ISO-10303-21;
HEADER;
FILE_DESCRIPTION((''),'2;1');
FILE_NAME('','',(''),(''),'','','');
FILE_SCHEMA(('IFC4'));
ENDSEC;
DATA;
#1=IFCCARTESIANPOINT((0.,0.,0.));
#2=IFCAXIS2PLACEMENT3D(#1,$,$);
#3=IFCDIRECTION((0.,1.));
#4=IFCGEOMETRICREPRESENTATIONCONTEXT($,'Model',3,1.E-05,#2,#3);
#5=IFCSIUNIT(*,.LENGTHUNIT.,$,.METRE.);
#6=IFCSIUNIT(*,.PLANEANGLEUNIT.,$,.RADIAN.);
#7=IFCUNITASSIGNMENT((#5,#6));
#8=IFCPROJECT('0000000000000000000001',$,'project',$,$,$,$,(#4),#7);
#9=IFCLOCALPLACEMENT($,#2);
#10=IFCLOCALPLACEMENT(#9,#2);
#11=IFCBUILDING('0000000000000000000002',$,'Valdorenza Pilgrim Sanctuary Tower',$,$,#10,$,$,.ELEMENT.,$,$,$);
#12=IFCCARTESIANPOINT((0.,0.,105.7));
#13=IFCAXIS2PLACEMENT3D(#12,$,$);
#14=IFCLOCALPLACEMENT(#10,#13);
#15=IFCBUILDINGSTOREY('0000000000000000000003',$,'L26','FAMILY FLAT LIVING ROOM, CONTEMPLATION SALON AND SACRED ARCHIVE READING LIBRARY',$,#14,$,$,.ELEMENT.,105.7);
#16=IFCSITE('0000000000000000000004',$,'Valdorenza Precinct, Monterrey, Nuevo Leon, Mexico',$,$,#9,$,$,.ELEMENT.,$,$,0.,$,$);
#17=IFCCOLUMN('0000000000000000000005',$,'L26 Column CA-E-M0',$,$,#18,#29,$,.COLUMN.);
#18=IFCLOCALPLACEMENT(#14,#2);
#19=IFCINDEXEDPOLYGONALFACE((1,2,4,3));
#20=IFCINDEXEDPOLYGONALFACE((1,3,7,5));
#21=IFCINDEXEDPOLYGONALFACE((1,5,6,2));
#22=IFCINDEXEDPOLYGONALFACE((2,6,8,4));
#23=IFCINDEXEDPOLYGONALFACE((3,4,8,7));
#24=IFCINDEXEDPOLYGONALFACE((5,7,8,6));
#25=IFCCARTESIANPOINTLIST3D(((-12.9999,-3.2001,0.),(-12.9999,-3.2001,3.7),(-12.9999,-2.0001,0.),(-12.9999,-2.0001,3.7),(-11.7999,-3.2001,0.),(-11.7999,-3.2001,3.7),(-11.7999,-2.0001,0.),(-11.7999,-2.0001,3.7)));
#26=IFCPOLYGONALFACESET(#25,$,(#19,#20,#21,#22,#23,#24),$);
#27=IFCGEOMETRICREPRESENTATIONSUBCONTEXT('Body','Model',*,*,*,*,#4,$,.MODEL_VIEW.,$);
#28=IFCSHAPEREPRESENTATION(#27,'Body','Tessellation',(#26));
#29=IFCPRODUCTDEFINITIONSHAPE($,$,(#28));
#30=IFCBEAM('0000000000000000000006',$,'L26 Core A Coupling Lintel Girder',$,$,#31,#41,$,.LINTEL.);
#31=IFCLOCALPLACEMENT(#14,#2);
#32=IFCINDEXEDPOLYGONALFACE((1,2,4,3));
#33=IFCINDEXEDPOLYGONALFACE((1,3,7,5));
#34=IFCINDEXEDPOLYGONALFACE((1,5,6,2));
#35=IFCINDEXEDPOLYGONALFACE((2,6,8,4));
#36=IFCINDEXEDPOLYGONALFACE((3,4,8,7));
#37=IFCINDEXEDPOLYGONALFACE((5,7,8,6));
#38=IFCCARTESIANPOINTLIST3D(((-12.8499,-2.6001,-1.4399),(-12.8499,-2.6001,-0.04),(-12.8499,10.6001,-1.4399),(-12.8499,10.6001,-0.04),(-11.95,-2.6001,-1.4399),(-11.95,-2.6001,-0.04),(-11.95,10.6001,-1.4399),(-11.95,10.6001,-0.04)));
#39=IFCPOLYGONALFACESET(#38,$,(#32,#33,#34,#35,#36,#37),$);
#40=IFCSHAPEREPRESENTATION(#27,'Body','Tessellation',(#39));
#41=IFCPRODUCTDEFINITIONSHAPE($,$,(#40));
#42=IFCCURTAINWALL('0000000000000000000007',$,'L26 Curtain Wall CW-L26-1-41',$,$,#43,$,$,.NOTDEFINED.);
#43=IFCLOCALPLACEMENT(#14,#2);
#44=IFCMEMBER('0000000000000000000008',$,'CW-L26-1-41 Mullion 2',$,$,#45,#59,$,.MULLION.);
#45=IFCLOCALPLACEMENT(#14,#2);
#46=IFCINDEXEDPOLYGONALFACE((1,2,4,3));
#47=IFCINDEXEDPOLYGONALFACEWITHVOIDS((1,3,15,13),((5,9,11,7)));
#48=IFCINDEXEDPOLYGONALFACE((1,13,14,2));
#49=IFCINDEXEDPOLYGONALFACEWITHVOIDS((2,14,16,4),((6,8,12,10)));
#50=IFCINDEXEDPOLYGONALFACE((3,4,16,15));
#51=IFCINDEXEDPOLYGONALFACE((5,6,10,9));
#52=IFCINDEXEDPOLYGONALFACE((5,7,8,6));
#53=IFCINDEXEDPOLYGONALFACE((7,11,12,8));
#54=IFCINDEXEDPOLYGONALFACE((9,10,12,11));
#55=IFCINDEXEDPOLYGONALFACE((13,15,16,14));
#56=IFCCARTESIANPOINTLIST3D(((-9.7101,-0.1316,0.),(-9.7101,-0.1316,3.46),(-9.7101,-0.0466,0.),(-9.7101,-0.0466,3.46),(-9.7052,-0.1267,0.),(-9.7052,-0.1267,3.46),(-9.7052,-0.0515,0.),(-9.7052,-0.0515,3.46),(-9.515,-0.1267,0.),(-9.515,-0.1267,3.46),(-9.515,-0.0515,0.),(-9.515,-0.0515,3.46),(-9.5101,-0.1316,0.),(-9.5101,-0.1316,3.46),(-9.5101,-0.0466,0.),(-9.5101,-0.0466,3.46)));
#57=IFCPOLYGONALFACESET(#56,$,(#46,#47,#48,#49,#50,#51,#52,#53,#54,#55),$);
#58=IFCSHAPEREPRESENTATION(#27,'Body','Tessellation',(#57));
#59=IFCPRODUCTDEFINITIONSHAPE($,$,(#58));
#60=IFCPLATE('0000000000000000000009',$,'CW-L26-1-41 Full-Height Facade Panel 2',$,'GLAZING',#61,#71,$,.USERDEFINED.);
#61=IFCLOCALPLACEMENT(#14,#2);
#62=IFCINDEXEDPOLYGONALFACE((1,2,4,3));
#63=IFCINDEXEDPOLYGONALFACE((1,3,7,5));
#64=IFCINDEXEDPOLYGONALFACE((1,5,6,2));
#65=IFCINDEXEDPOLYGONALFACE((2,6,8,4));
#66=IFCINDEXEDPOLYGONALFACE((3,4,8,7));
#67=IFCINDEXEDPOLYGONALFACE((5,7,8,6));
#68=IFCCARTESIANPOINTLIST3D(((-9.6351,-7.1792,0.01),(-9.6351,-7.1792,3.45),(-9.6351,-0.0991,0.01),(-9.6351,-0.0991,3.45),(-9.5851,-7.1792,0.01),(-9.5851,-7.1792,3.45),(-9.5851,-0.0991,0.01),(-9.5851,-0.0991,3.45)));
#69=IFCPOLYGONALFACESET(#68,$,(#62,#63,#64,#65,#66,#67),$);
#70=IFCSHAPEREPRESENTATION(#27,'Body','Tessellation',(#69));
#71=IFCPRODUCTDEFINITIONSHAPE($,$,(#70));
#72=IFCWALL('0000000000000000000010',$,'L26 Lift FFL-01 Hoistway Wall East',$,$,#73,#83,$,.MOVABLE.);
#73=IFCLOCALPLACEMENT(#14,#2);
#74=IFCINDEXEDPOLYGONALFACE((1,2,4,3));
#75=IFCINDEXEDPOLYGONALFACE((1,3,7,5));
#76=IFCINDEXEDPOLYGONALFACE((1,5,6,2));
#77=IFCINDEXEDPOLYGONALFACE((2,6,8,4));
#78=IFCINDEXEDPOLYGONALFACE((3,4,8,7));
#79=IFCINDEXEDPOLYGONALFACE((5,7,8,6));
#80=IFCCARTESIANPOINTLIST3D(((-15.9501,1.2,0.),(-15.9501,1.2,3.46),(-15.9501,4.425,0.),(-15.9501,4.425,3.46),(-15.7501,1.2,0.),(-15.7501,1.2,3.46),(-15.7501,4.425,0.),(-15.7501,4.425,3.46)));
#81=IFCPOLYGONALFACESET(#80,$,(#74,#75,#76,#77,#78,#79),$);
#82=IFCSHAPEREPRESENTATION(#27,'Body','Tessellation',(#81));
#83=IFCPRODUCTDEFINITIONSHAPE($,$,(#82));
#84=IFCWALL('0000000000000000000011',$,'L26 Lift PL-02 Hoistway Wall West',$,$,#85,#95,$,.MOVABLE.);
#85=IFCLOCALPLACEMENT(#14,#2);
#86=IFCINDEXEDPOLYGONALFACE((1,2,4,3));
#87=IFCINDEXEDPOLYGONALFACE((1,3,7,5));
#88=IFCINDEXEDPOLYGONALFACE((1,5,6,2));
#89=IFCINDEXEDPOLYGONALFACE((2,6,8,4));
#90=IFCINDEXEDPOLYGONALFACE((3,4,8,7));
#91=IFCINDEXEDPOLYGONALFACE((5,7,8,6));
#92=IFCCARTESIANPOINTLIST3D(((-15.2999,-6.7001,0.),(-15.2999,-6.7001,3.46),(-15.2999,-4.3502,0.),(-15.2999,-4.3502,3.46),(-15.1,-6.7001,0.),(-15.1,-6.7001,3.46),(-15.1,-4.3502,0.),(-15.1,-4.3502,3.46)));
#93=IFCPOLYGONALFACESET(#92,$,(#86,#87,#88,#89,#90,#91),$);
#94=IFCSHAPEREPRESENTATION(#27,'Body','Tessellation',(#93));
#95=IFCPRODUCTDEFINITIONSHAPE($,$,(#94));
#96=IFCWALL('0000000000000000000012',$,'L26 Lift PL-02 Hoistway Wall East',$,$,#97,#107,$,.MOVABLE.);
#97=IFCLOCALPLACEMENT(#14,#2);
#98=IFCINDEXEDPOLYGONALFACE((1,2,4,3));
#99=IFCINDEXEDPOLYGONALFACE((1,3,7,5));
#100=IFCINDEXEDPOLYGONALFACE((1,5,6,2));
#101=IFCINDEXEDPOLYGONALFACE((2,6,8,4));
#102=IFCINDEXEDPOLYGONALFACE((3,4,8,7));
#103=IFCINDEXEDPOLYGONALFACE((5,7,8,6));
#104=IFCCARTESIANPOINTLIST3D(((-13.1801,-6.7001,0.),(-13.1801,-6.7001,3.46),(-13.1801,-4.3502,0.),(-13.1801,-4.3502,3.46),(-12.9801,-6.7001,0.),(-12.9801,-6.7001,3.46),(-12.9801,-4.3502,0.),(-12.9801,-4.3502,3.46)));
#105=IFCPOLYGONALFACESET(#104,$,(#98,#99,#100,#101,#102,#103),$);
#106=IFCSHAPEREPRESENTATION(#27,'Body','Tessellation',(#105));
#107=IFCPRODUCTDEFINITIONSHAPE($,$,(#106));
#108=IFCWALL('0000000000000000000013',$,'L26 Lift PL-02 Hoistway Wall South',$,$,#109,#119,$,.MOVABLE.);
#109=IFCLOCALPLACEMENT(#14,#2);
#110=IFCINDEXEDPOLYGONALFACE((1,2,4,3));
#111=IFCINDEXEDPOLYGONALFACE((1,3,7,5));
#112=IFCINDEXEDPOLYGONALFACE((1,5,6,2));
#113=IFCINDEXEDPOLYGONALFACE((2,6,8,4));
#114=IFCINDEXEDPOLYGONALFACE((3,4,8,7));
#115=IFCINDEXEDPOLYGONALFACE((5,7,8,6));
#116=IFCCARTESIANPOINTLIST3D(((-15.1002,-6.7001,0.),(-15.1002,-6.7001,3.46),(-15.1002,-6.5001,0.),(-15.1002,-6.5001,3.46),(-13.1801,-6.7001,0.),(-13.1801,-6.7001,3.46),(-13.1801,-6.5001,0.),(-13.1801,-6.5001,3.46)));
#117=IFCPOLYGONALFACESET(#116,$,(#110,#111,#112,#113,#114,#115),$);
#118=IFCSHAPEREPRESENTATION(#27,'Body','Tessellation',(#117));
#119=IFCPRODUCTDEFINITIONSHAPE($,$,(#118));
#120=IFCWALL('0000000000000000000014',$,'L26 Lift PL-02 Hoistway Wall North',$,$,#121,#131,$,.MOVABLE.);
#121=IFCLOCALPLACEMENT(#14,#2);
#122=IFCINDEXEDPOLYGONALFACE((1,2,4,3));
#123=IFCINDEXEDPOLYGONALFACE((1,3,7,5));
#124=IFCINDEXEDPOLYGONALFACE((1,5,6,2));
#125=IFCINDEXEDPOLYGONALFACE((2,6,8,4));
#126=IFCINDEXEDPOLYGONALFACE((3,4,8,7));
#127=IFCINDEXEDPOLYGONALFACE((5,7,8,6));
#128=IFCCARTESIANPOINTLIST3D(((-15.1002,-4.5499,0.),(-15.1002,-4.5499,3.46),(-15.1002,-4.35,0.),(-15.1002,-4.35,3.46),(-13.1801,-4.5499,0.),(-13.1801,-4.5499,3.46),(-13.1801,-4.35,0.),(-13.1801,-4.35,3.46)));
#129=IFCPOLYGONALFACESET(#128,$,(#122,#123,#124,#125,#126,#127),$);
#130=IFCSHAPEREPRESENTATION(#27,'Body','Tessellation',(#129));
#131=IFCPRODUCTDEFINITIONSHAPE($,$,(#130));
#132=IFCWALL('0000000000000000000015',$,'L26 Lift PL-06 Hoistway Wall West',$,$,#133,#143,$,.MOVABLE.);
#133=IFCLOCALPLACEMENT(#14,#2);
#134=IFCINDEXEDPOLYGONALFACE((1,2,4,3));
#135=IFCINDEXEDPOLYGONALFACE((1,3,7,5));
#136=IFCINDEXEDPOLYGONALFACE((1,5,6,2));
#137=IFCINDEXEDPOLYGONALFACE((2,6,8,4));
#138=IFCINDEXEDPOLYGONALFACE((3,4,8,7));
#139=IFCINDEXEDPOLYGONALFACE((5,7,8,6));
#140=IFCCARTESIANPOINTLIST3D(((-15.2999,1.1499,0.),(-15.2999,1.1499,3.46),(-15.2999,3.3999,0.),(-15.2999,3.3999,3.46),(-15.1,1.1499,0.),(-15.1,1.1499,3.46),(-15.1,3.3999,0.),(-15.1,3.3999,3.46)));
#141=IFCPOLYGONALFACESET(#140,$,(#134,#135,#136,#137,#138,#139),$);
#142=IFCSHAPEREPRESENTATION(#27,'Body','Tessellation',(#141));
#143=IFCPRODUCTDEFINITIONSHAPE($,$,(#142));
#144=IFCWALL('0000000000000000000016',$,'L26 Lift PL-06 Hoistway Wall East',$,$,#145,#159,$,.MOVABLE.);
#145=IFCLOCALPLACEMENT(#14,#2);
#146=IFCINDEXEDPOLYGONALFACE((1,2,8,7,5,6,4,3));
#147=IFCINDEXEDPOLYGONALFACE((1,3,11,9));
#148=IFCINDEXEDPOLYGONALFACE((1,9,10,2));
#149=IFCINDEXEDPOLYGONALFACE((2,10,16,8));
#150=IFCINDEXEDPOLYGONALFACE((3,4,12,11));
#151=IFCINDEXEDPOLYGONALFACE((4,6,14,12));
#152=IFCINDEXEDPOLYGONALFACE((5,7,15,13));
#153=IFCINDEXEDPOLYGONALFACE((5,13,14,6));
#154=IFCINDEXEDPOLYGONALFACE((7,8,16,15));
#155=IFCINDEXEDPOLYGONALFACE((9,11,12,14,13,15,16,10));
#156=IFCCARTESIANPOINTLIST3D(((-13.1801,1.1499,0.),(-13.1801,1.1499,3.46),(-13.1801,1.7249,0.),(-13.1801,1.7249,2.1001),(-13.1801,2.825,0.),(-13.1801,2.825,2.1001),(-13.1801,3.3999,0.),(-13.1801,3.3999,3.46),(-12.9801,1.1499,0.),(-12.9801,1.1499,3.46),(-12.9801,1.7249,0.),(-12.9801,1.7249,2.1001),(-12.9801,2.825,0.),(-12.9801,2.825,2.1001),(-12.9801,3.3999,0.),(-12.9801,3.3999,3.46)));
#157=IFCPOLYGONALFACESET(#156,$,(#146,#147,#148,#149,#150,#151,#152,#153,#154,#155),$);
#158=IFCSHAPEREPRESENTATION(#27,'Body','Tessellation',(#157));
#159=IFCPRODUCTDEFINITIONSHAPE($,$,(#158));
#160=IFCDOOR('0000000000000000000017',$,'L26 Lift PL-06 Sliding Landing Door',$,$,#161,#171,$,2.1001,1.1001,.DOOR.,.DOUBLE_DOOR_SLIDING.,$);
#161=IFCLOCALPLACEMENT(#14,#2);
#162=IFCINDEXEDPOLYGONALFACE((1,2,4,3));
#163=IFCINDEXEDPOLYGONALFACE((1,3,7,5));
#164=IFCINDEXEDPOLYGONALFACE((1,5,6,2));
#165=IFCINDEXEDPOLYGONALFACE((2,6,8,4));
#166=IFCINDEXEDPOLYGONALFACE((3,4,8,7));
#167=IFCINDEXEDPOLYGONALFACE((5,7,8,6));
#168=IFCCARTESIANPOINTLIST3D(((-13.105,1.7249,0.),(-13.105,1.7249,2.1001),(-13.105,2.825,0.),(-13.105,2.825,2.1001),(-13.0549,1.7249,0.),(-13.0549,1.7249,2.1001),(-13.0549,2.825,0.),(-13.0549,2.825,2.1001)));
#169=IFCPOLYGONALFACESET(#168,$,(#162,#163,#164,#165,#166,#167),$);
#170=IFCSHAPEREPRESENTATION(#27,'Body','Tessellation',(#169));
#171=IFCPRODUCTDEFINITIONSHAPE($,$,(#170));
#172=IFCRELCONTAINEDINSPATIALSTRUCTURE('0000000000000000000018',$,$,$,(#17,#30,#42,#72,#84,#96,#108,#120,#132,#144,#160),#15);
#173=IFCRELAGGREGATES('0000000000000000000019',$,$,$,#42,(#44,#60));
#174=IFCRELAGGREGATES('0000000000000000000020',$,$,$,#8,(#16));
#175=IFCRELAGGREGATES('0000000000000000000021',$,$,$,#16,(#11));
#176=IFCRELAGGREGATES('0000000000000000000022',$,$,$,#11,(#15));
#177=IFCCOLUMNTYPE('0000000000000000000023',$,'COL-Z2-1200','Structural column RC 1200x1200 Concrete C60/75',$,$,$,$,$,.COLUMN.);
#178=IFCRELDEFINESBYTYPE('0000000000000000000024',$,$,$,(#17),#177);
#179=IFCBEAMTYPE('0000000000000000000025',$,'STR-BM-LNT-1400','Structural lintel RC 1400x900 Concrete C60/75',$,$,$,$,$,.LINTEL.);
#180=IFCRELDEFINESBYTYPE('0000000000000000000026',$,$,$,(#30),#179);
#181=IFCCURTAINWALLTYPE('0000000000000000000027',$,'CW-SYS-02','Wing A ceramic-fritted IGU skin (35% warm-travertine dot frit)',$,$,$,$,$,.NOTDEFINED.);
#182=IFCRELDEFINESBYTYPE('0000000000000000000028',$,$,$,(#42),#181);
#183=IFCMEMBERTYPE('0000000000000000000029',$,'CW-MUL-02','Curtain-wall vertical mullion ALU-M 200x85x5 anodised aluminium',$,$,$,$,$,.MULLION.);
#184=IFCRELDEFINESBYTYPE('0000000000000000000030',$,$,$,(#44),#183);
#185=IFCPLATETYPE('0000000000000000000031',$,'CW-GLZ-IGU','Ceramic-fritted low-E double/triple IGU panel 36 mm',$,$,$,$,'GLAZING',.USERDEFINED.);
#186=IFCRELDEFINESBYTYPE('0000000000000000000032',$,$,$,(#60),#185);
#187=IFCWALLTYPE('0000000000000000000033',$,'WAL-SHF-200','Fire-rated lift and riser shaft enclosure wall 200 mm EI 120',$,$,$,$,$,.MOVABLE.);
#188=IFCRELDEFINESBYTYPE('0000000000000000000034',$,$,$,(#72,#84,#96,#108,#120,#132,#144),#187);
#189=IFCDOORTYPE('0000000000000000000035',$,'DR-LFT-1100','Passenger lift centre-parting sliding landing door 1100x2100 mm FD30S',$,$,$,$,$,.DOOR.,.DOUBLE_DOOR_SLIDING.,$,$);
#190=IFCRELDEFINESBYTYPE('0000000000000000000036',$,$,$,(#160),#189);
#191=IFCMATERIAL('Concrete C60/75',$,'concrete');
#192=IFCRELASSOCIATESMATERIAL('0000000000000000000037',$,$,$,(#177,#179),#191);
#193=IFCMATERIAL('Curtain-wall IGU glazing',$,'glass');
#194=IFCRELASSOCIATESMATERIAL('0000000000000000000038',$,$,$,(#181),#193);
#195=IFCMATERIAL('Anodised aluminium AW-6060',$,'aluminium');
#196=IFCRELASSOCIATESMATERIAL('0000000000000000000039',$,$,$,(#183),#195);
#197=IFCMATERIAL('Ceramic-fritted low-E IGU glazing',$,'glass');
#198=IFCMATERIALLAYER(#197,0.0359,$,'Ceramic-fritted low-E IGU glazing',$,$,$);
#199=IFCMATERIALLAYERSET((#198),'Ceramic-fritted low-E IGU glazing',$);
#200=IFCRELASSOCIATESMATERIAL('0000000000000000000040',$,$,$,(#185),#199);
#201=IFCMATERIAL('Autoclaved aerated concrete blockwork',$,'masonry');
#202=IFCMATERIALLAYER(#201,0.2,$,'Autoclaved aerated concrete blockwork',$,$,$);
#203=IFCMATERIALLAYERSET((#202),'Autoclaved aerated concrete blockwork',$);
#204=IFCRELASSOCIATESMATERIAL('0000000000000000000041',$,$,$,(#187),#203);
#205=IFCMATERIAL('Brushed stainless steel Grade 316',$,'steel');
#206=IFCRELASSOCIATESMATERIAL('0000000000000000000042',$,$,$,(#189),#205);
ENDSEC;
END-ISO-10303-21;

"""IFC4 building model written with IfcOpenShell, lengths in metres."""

from ifc_helpers import new_model, si_unit, direction, frame, frame_2d, origin, origin_2d, place, context, subcontext, project, spatial, rectangle, hollow_rectangle, extrude, source, transform, mapped, material, layer, layer_set, material_profile, profile_set, type_object, element, fill, aggregate, save


model = new_model("IFC4")

# Units and contexts
model_context = context("Model", 3, precision=1e-05, world=origin(), true_north=direction((0.0, 1.0)))
body_context = subcontext(model_context, "Body", "Model", "MODEL_VIEW")
ifc_project = project(units=[si_unit("LENGTHUNIT", "METRE"), si_unit("PLANEANGLEUNIT", "RADIAN")], contexts=[model_context])

# Site, building, storey
site_placement = place(None, origin())
site = spatial("IfcSite", under=ifc_project, at=site_placement, Name="Valdorenza Precinct, Monterrey, Nuevo Leon, Mexico", CompositionType="ELEMENT", RefElevation=0.0)
building_placement = place(site_placement, origin())
building = spatial("IfcBuilding", under=site, at=building_placement, Name="Valdorenza Pilgrim Sanctuary Tower", CompositionType="ELEMENT")
storey_placement = place(building_placement, frame((0.0, 0.0, 105.7)))
storey = spatial("IfcBuildingStorey", under=building, at=storey_placement, Name="L26", Description="FAMILY FLAT LIVING ROOM, CONTEMPLATION SALON AND SACRED ARCHIVE READING LIBRARY", CompositionType="ELEMENT", Elevation=105.7)

# Column
ifc_material_1 = material(Name="Concrete C60/75", Category="concrete")
ifc_material_profile_1 = material_profile(ifc_material_1, rectangle(XDim=1.2, YDim=1.2, at=origin_2d()), Name="RC 1200x1200")
ifc_profile_set_1 = profile_set([ifc_material_profile_1], Name="Concrete C60/75")
column_type = type_object("IfcColumnType", Name="COL-Z2-1200", Description="Structural column RC 1200x1200 Concrete C60/75", PredefinedType="COLUMN", material=ifc_profile_set_1)
shared_shape_1 = source(origin(), body_context, "Body", "SweptSolid", [
    extrude(rectangle(XDim=1.2, YDim=1.2, at=origin_2d()), origin(), (0.0, 0.0, 1.0), 3.7),
])
column_placement = place(storey_placement, frame((-12.3999, -2.6001, 0.0), z_axis=(0.0, 0.0, 1.0), x_axis=(1.0, 0.0, 0.0)))
element("IfcColumn", 1, at=column_placement, inside=storey, type_object=column_type, Name="L26 Column CA-E-M0", PredefinedType="COLUMN", context=body_context, shape_type="MappedRepresentation", body=[
    mapped(shared_shape_1, transform((0.0, 0.0, 0.0), x_axis=(1.0, 0.0, 0.0), y_axis=(0.0, 1.0, 0.0), z_axis=(0.0, 0.0, 1.0), scale=1.0)),
])

# Beam
ifc_material_profile_2 = material_profile(ifc_material_1, rectangle(XDim=0.8999, YDim=1.3999, at=origin_2d()), Name="RC 1400x900")
ifc_profile_set_2 = profile_set([ifc_material_profile_2], Name="Concrete C60/75")
beam_type = type_object("IfcBeamType", Name="STR-BM-LNT-1400", Description="Structural lintel RC 1400x900 Concrete C60/75", PredefinedType="LINTEL", material=ifc_profile_set_2)
shared_shape_2 = source(origin(), body_context, "Body", "SweptSolid", [
    extrude(rectangle(XDim=0.8999, YDim=1.3999, at=origin_2d()), origin(), (0.0, 0.0, 1.0), 13.2002),
])
beam_placement = place(storey_placement, frame((-12.3999, -2.6001, -0.74), z_axis=(0.0, 1.0, 0.0), x_axis=(-1.0, 0.0, 0.0)))
element("IfcBeam", 2, at=beam_placement, inside=storey, type_object=beam_type, Name="L26 Core A Coupling Lintel Girder", PredefinedType="LINTEL", context=body_context, shape_type="MappedRepresentation", body=[
    mapped(shared_shape_2, transform((0.0, 0.0, 0.0), x_axis=(1.0, 0.0, 0.0), y_axis=(0.0, 1.0, 0.0), z_axis=(0.0, 0.0, 1.0), scale=1.0)),
])

# Curtain wall, member, plate
ifc_material_2 = material(Name="Curtain-wall IGU glazing", Category="glass")
curtain_wall_type = type_object("IfcCurtainWallType", Name="CW-SYS-02", Description="Wing A ceramic-fritted IGU skin (35% warm-travertine dot frit)", PredefinedType="NOTDEFINED", material=ifc_material_2)
curtain_wall_placement = place(storey_placement, origin())
curtain_wall = element("IfcCurtainWall", 3, at=curtain_wall_placement, inside=storey, type_object=curtain_wall_type, Name="L26 Curtain Wall CW-L26-1-41", PredefinedType="NOTDEFINED")
ifc_material_3 = material(Name="Anodised aluminium AW-6060", Category="aluminium")
ifc_material_profile_3 = material_profile(ifc_material_3, hollow_rectangle(XDim=0.085, YDim=0.2, WallThickness=0.0049, at=origin_2d()), Name="ALU-M 200x85x5")
ifc_profile_set_3 = profile_set([ifc_material_profile_3], Name="Anodised aluminium AW-6060")
member_type = type_object("IfcMemberType", Name="CW-MUL-02", Description="Curtain-wall vertical mullion ALU-M 200x85x5 anodised aluminium", PredefinedType="MULLION", material=ifc_profile_set_3)
shared_shape_3 = source(origin(), body_context, "Body", "SweptSolid", [
    extrude(hollow_rectangle(XDim=0.085, YDim=0.2, WallThickness=0.0049, at=origin_2d()), origin(), (0.0, 0.0, 1.0), 3.46),
])
member_placement = place(storey_placement, frame((-9.6101, -0.0891, 0.0), z_axis=(0.0, 0.0, 1.0), x_axis=(0.0, -1.0, 0.0)))
member = element("IfcMember", 4, at=member_placement, type_object=member_type, Name="CW-L26-1-41 Mullion 2", PredefinedType="MULLION", context=body_context, shape_type="MappedRepresentation", body=[
    mapped(shared_shape_3, transform((0.0, 0.0, 0.0), x_axis=(1.0, 0.0, 0.0), y_axis=(0.0, 1.0, 0.0), z_axis=(0.0, 0.0, 1.0), scale=1.0)),
])
ifc_material_4 = material(Name="Ceramic-fritted low-E IGU glazing", Category="glass")
ifc_layer_1 = layer(ifc_material_4, 0.0359, Name="Ceramic-fritted low-E IGU glazing")
ifc_layer_set_1 = layer_set([ifc_layer_1], Name="Ceramic-fritted low-E IGU glazing")
plate_type = type_object("IfcPlateType", Name="CW-GLZ-IGU", Description="Ceramic-fritted low-E double/triple IGU panel 36 mm", ElementType="GLAZING", PredefinedType="USERDEFINED", material=ifc_layer_set_1)
shared_shape_4 = source(origin(), body_context, "Body", "SweptSolid", [
    extrude(rectangle(XDim=7.0801, YDim=0.05, at=origin_2d()), origin(), (0.0, 0.0, 1.0), 3.4399),
])
plate_placement = place(storey_placement, frame((-9.6101, -3.6392, 0.01), z_axis=(0.0, 0.0, 1.0), x_axis=(0.0, -1.0, 0.0)))
plate = element("IfcPlate", 5, at=plate_placement, type_object=plate_type, Name="CW-L26-1-41 Full-Height Facade Panel 2", ObjectType="GLAZING", PredefinedType="USERDEFINED", context=body_context, shape_type="MappedRepresentation", body=[
    mapped(shared_shape_4, transform((0.0, 0.0, 0.0), x_axis=(1.0, 0.0, 0.0), y_axis=(0.0, 1.0, 0.0), z_axis=(0.0, 0.0, 1.0), scale=1.0)),
])
aggregate(curtain_wall, [member, plate])

# Walls
ifc_material_5 = material(Name="Autoclaved aerated concrete blockwork", Category="masonry")
ifc_layer_2 = layer(ifc_material_5, 0.2, Name="Autoclaved aerated concrete blockwork")
ifc_layer_set_2 = layer_set([ifc_layer_2], Name="Autoclaved aerated concrete blockwork")
wall_type_1 = type_object("IfcWallType", Name="WAL-SHF-200", Description="Fire-rated lift and riser shaft enclosure wall 200 mm EI 120", PredefinedType="MOVABLE", material=ifc_layer_set_2)
wall_1_placement = place(storey_placement, frame((-15.8501, 1.2, 0.0), z_axis=(0.0, 0.0, 1.0), x_axis=(0.0, 1.0, 0.0)))
element("IfcWall", 6, at=wall_1_placement, inside=storey, type_object=wall_type_1, Name="L26 Lift FFL-01 Hoistway Wall East", PredefinedType="MOVABLE", context=body_context, shape_type="SweptSolid", body=[
    extrude(rectangle(XDim=3.2251, YDim=0.2, at=frame_2d((1.6125, 0.0))), origin(), (0.0, 0.0, 1.0), 3.46),
])
for number, where, z_axis, x_axis, name in (
    (7, (-15.2, -6.7, 0.0), (0.0, 0.0, 1.0), (0.0, 1.0, 0.0), "L26 Lift PL-02 Hoistway Wall West"),
    (8, (-13.0801, -6.7, 0.0), (0.0, 0.0, 1.0), (0.0, 1.0, 0.0), "L26 Lift PL-02 Hoistway Wall East"),
):
    element("IfcWall", number, at=place(storey_placement, frame(where, z_axis=z_axis, x_axis=x_axis)), inside=storey, type_object=wall_type_1, Name=name, PredefinedType="MOVABLE", context=body_context, shape_type="SweptSolid", body=[
        extrude(rectangle(XDim=2.3499, YDim=0.2, at=frame_2d((1.1748, 0.0))), origin(), (0.0, 0.0, 1.0), 3.46),
    ])
for number, where, z_axis, x_axis, name in (
    (9, (-15.1001, -6.6001, 0.0), (0.0, 0.0, 1.0), (1.0, 0.0, 0.0), "L26 Lift PL-02 Hoistway Wall South"),
    (10, (-15.1001, -4.45, 0.0), (0.0, 0.0, 1.0), (1.0, 0.0, 0.0), "L26 Lift PL-02 Hoistway Wall North"),
):
    element("IfcWall", number, at=place(storey_placement, frame(where, z_axis=z_axis, x_axis=x_axis)), inside=storey, type_object=wall_type_1, Name=name, PredefinedType="MOVABLE", context=body_context, shape_type="SweptSolid", body=[
        extrude(rectangle(XDim=1.9202, YDim=0.2, at=frame_2d((0.96, 0.0))), origin(), (0.0, 0.0, 1.0), 3.46),
    ])
wall_2_placement = place(storey_placement, frame((-15.2, 1.1499, 0.0), z_axis=(0.0, 0.0, 1.0), x_axis=(0.0, 1.0, 0.0)))
element("IfcWall", 11, at=wall_2_placement, inside=storey, type_object=wall_type_1, Name="L26 Lift PL-06 Hoistway Wall West", PredefinedType="MOVABLE", context=body_context, shape_type="SweptSolid", body=[
    extrude(rectangle(XDim=2.25, YDim=0.2, at=frame_2d((1.125, 0.0))), origin(), (0.0, 0.0, 1.0), 3.46),
])

# Wall, opening, door
wall_3_placement = place(storey_placement, frame((-13.0801, 1.1499, 0.0), z_axis=(0.0, 0.0, 1.0), x_axis=(0.0, 1.0, 0.0)))
wall_3 = element("IfcWall", 12, at=wall_3_placement, inside=storey, type_object=wall_type_1, Name="L26 Lift PL-06 Hoistway Wall East", PredefinedType="MOVABLE", context=body_context, shape_type="SweptSolid", body=[
    extrude(rectangle(XDim=2.25, YDim=0.2, at=frame_2d((1.125, 0.0))), origin(), (0.0, 0.0, 1.0), 3.46),
])
opening_1_placement = place(wall_3_placement, frame((0.575, 0.0, 0.0)))
opening_1 = element("IfcOpeningElement", 13, at=opening_1_placement, cuts=wall_3, PredefinedType="OPENING", context=body_context, shape_type="SweptSolid", body=[
    extrude(rectangle(XDim=1.1001, YDim=2.1001, at=frame_2d((0.55, 1.05))), frame((0.0, 0.1147, 0.0), z_axis=(0.0, -1.0, 0.0), x_axis=(1.0, 0.0, 0.0)), (0.0, 0.0, 1.0), 0.2297),
])
ifc_material_6 = material(Name="Brushed stainless steel Grade 316", Category="steel")
door_type_1 = type_object("IfcDoorType", Name="DR-LFT-1100", Description="Passenger lift centre-parting sliding landing door 1100x2100 mm FD30S", OperationType="DOUBLE_DOOR_SLIDING", PredefinedType="DOOR", material=ifc_material_6)
door_1_placement = place(opening_1_placement, origin())
door_1 = element("IfcDoor", 14, at=door_1_placement, inside=storey, type_object=door_type_1, Name="L26 Lift PL-06 Sliding Landing Door", OperationType="DOUBLE_DOOR_SLIDING", OverallHeight=2.1001, OverallWidth=1.1001, PredefinedType="DOOR", context=body_context, shape_type="SweptSolid", body=[
    extrude(rectangle(XDim=1.1001, YDim=2.1001, at=frame_2d((0.55, 1.05))), frame((0.0, 0.0249, 0.0), z_axis=(0.0, -1.0, 0.0), x_axis=(1.0, 0.0, 0.0)), (0.0, 0.0, 1.0), 0.05),
])
fill(opening_1, door_1)

save(model, "model.ifc")
